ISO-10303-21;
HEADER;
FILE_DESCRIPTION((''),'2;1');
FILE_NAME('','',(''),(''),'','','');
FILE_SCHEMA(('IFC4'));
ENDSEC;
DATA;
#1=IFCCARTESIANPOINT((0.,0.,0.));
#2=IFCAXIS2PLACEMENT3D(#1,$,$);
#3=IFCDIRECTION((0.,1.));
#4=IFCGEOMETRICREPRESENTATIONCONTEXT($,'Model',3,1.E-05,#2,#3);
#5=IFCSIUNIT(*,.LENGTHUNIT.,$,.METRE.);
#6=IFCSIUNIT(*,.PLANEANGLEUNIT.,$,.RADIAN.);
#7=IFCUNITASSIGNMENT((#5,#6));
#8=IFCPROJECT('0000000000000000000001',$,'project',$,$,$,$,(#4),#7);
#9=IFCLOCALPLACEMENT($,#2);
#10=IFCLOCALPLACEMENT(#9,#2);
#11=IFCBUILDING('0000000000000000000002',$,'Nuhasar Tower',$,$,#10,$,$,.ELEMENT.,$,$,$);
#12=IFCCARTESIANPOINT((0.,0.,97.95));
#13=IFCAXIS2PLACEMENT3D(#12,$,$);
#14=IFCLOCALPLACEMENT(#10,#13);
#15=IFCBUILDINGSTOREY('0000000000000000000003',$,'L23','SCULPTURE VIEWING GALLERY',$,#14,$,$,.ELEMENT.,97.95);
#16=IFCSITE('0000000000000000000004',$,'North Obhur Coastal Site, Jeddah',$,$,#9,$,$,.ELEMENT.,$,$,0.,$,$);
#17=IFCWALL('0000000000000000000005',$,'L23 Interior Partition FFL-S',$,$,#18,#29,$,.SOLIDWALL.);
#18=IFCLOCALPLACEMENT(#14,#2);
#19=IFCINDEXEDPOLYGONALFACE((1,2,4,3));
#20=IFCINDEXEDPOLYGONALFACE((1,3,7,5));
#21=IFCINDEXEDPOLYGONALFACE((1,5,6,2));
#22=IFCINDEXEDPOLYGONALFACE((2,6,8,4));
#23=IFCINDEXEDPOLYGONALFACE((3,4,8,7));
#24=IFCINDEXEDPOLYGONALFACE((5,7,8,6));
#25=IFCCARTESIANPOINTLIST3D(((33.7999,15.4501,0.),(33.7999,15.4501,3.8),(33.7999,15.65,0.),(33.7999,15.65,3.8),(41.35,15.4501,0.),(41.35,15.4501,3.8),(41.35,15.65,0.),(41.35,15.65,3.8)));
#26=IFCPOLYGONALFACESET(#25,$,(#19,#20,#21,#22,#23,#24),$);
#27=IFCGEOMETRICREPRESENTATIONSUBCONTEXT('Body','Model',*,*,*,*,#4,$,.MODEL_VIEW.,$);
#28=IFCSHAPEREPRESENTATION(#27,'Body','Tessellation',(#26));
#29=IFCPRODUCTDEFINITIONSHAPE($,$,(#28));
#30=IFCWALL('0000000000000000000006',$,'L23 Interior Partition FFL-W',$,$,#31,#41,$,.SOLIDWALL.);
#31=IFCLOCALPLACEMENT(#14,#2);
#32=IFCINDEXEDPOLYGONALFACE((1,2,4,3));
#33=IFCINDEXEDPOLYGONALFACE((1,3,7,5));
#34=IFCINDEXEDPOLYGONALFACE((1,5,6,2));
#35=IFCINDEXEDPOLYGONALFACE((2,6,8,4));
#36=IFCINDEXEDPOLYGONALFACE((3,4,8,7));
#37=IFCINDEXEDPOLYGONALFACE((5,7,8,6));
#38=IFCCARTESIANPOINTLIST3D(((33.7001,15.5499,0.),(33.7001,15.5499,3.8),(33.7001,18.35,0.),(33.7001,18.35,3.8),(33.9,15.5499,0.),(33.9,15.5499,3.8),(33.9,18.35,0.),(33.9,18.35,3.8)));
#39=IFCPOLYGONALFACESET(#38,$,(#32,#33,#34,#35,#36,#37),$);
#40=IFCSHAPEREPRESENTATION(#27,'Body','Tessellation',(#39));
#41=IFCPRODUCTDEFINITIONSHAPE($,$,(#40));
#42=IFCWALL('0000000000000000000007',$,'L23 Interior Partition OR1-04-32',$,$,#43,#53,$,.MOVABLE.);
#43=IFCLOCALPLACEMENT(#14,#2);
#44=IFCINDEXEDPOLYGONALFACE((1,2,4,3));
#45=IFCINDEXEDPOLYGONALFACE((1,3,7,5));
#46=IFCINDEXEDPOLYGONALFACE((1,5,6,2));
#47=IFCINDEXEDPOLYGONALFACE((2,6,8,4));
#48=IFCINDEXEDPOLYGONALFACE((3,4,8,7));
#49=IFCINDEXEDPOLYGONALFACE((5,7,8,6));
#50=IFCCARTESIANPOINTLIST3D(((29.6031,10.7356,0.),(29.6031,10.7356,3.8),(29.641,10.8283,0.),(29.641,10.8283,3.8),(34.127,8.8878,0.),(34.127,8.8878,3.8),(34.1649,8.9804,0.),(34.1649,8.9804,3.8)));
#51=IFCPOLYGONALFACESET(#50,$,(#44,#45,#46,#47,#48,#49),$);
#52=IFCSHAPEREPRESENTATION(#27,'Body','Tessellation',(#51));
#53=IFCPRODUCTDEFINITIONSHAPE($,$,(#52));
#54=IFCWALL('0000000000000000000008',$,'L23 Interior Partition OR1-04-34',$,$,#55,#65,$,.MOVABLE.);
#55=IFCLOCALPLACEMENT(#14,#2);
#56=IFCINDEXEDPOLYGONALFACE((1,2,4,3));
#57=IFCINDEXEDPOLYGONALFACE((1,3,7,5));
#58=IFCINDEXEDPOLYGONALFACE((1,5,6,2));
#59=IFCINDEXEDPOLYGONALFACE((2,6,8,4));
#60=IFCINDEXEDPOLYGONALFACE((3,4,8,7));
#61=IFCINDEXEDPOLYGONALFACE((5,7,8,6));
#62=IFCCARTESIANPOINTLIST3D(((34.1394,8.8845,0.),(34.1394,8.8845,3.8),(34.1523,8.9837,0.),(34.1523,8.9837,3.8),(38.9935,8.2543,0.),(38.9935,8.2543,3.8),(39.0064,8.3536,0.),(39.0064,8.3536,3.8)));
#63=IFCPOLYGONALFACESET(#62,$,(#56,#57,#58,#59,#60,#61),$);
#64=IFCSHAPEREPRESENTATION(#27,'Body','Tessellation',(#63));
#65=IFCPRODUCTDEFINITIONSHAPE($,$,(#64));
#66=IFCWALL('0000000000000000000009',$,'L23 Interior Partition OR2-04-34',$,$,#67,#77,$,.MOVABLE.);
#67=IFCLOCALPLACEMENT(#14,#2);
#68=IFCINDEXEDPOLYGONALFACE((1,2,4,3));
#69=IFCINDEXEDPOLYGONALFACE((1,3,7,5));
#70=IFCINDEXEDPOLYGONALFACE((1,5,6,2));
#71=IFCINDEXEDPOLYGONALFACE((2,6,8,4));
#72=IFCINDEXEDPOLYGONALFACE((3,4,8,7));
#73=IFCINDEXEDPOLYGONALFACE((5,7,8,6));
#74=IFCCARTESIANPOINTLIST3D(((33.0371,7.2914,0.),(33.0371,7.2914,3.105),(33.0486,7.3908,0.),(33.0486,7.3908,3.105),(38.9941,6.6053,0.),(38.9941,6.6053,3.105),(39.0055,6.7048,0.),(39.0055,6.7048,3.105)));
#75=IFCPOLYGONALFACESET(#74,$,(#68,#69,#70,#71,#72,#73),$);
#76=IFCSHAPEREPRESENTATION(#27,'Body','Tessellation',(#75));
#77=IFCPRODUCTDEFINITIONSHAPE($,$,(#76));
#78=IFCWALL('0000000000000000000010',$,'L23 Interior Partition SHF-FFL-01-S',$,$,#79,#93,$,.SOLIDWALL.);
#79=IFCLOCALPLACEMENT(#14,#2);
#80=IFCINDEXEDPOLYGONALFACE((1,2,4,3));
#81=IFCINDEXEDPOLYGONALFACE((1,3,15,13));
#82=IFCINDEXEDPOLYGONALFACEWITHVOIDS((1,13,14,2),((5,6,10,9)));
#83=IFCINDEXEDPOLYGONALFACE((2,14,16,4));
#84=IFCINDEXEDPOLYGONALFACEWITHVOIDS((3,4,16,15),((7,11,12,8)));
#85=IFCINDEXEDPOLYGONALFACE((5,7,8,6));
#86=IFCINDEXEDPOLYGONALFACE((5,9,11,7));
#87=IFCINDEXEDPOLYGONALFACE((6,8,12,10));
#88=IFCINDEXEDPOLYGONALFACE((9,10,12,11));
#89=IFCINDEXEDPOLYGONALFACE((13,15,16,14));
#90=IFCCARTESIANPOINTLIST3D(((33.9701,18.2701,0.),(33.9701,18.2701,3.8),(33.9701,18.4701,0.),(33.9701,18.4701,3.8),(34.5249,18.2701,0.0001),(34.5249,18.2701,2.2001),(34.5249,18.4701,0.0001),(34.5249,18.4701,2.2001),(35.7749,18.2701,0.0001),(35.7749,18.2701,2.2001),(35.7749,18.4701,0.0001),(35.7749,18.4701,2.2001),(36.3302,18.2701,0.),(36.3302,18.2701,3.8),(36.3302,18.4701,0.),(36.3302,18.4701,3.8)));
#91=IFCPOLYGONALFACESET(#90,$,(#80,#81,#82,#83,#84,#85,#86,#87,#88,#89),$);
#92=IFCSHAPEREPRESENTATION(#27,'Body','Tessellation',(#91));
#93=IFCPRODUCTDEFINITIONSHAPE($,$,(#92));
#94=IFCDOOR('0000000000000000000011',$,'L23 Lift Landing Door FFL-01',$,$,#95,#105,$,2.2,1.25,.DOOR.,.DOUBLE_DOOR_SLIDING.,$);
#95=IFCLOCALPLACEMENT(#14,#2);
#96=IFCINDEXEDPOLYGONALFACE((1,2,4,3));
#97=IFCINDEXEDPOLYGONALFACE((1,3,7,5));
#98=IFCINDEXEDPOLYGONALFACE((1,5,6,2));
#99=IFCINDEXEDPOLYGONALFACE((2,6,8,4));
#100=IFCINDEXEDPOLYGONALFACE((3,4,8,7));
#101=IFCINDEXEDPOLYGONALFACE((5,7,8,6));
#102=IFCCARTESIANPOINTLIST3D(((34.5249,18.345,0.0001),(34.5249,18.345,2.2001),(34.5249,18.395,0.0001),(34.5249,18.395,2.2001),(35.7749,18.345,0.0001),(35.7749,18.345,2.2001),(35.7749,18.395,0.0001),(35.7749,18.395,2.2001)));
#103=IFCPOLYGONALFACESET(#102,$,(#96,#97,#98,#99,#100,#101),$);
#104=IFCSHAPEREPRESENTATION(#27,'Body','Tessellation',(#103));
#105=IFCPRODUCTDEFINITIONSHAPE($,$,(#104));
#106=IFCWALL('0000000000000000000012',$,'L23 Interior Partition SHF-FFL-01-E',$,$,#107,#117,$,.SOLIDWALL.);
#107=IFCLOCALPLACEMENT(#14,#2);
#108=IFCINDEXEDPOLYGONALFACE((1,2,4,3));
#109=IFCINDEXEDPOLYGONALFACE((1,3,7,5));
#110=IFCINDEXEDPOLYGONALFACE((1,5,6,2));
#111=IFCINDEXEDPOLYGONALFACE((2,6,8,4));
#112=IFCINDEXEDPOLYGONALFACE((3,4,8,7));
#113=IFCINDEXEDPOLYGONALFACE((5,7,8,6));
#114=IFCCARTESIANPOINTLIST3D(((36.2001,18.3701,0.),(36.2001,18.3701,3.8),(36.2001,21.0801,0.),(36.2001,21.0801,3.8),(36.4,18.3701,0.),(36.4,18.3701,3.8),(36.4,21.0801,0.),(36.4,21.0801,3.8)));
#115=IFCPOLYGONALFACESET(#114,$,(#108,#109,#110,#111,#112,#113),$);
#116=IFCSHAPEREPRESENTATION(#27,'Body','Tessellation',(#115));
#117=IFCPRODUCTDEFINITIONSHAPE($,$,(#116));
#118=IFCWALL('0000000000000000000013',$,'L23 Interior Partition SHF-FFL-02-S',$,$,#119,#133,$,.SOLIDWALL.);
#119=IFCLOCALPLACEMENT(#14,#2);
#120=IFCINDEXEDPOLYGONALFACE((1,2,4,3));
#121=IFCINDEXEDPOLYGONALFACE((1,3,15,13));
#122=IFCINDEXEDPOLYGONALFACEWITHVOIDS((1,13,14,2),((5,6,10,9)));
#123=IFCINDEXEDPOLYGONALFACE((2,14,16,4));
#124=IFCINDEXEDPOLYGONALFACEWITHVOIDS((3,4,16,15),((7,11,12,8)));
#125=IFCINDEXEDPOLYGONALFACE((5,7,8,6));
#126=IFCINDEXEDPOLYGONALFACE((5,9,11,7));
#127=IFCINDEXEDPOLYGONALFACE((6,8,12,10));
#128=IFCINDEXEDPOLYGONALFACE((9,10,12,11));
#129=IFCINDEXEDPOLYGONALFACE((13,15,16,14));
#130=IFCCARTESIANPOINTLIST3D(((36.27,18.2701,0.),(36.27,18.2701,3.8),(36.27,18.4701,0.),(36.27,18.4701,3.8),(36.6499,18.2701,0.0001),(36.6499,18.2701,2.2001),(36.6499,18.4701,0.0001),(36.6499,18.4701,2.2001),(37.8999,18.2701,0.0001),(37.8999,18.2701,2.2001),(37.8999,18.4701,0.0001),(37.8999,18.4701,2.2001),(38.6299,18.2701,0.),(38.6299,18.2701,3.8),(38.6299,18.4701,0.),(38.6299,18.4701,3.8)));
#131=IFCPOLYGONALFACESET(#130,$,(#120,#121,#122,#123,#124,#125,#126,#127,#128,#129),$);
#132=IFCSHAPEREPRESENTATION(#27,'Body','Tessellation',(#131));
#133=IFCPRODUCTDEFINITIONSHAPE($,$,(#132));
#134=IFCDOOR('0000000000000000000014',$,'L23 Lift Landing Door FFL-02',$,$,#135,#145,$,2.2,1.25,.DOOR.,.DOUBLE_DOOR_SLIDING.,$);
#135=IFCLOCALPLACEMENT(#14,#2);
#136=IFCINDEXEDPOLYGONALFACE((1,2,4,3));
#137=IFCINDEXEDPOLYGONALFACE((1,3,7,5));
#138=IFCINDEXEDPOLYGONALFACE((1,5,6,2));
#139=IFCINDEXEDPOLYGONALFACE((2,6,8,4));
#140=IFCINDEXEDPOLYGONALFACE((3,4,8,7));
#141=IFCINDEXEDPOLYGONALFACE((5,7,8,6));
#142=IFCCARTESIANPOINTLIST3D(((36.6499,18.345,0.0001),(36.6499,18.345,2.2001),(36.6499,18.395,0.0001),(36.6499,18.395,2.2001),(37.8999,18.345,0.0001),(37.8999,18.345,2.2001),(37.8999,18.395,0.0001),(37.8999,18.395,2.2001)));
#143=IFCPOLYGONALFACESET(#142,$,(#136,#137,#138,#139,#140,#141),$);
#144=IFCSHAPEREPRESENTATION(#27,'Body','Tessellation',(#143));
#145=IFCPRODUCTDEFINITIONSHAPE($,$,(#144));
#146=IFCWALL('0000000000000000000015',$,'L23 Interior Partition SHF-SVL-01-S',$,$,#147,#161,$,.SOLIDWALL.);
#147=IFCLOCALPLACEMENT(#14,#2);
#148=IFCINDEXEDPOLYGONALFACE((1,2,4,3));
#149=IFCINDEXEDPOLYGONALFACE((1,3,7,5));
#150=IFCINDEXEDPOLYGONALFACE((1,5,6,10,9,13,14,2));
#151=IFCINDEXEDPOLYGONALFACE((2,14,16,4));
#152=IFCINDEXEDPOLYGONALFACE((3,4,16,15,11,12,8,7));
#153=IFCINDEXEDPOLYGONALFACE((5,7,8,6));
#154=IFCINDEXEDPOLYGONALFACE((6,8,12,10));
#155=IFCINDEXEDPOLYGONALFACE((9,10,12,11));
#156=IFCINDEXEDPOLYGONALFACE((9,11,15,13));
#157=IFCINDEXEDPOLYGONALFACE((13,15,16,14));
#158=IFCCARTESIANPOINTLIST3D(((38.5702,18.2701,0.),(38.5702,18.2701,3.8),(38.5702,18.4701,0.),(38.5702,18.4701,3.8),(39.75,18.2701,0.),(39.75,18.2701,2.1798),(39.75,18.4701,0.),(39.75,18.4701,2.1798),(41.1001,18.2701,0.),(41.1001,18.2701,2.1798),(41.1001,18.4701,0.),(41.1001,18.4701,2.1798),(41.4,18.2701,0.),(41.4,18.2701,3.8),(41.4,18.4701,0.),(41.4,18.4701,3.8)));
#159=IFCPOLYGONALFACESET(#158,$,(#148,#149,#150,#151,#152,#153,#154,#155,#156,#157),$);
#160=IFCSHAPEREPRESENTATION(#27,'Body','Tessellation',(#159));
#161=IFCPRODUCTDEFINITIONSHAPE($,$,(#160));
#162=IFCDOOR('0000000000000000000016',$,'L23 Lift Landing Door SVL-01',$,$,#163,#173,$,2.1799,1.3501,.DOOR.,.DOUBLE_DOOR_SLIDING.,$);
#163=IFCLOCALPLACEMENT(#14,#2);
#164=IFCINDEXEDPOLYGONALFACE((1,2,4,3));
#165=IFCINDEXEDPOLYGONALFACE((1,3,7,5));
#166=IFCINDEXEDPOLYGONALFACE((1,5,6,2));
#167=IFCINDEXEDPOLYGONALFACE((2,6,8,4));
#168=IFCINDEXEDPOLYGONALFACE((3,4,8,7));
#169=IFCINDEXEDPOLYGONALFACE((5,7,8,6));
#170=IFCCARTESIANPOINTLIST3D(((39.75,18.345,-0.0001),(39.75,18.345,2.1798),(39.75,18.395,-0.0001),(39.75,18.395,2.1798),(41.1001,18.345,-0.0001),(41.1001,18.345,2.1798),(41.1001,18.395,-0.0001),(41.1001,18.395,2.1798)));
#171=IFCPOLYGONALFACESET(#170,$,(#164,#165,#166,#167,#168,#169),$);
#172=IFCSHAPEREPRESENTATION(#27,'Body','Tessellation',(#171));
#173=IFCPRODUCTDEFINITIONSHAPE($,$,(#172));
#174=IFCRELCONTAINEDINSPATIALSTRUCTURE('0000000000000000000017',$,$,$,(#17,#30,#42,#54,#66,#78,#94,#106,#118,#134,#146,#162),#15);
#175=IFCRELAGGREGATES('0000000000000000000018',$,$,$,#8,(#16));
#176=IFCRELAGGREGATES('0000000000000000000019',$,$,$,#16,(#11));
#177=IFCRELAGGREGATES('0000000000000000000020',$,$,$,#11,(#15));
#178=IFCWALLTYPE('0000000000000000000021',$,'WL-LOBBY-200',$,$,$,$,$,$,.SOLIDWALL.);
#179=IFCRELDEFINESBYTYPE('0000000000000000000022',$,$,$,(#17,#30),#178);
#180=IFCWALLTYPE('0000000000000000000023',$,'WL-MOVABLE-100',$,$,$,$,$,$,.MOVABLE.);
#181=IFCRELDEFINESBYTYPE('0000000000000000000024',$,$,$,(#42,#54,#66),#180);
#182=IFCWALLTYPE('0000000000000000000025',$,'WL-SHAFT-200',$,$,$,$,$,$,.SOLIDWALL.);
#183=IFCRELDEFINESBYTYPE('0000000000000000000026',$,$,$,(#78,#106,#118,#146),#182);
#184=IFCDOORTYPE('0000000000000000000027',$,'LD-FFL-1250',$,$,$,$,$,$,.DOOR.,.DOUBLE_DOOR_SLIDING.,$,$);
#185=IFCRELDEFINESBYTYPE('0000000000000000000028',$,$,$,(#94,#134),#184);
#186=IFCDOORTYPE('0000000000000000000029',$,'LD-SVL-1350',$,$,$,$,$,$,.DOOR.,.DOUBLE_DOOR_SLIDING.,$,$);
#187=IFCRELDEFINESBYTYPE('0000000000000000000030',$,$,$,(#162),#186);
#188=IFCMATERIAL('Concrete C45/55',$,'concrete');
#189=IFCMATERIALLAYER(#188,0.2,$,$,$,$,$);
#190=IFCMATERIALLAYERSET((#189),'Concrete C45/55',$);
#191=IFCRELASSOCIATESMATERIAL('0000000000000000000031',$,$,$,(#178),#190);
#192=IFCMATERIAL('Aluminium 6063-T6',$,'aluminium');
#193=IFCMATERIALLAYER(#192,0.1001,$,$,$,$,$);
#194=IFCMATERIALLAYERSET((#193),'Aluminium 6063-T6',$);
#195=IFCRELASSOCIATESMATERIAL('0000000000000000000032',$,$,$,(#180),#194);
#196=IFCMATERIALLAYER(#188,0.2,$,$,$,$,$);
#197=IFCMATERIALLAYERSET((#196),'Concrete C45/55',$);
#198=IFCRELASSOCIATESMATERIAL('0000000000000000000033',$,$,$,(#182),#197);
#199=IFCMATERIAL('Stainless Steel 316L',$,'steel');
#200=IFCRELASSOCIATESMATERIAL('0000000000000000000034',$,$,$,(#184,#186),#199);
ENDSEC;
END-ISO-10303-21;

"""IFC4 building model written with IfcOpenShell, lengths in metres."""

from ifc_helpers import new_model, si_unit, direction, frame, frame_2d, origin, place, context, subcontext, project, spatial, rectangle, extrude, material, layer, layer_set, type_object, element, fill, save


model = new_model("IFC4")

# Units and contexts
model_context = context("Model", 3, precision=1e-05, world=origin(), true_north=direction((0.0, 1.0)))
body_context = subcontext(model_context, "Body", "Model", "MODEL_VIEW")
ifc_project = project(units=[si_unit("LENGTHUNIT", "METRE"), si_unit("PLANEANGLEUNIT", "RADIAN")], contexts=[model_context])

# Site, building, storey
site_placement = place(None, origin())
site = spatial("IfcSite", under=ifc_project, at=site_placement, Name="North Obhur Coastal Site, Jeddah", CompositionType="ELEMENT", RefElevation=0.0)
building_placement = place(site_placement, origin())
building = spatial("IfcBuilding", under=site, at=building_placement, Name="Nuhasar Tower", CompositionType="ELEMENT")
storey_placement = place(building_placement, frame((0.0, 0.0, 97.95)))
storey = spatial("IfcBuildingStorey", under=building, at=storey_placement, Name="L23", Description="SCULPTURE VIEWING GALLERY", CompositionType="ELEMENT", Elevation=97.95)

# Shared definitions
ifc_material_1 = material(Name="Aluminium 6063-T6", Category="aluminium")

# Walls
ifc_material_2 = material(Name="Concrete C45/55", Category="concrete")
ifc_layer_1 = layer(ifc_material_2, 0.2)
ifc_layer_set_1 = layer_set([ifc_layer_1], Name="Concrete C45/55")
wall_type_1 = type_object("IfcWallType", Name="WL-LOBBY-200", PredefinedType="SOLIDWALL", material=ifc_layer_set_1)
wall_1_placement = place(storey_placement, frame((33.8, 15.55, 0.0), z_axis=(0.0, 0.0, 1.0), x_axis=(1.0, 0.0, 0.0)))
element("IfcWall", 1, at=wall_1_placement, inside=storey, type_object=wall_type_1, Name="L23 Interior Partition FFL-S", PredefinedType="SOLIDWALL", context=body_context, shape_type="SweptSolid", body=[
    extrude(rectangle(XDim=7.55, YDim=0.2, at=frame_2d((3.7749, 0.0))), origin(), (0.0, 0.0, 1.0), 3.8),
])
wall_2_placement = place(storey_placement, frame((33.8, 15.55, 0.0), z_axis=(0.0, 0.0, 1.0), x_axis=(0.0, 1.0, 0.0)))
element("IfcWall", 2, at=wall_2_placement, inside=storey, type_object=wall_type_1, Name="L23 Interior Partition FFL-W", PredefinedType="SOLIDWALL", context=body_context, shape_type="SweptSolid", body=[
    extrude(rectangle(XDim=2.8, YDim=0.2, at=frame_2d((1.3999, 0.0))), origin(), (0.0, 0.0, 1.0), 3.8),
])
ifc_layer_2 = layer(ifc_material_1, 0.1001)
ifc_layer_set_2 = layer_set([ifc_layer_2], Name="Aluminium 6063-T6")
wall_type_2 = type_object("IfcWallType", Name="WL-MOVABLE-100", PredefinedType="MOVABLE", material=ifc_layer_set_2)
wall_3_placement = place(storey_placement, frame((29.6221, 10.782, 0.0), z_axis=(0.0, 0.0, 1.0), x_axis=(0.925747, -0.378143, 0.0)))
element("IfcWall", 3, at=wall_3_placement, inside=storey, type_object=wall_type_2, Name="L23 Interior Partition OR1-04-32", PredefinedType="MOVABLE", context=body_context, shape_type="SweptSolid", body=[
    extrude(rectangle(XDim=4.8867, YDim=0.1001, at=frame_2d((2.4434, 0.0))), origin(), (0.0, 0.0, 1.0), 3.8),
])
wall_4_placement = place(storey_placement, frame((34.146, 8.9341, 0.0), z_axis=(0.0, 0.0, 1.0), x_axis=(0.991679, -0.128736, 0.0)))
element("IfcWall", 4, at=wall_4_placement, inside=storey, type_object=wall_type_2, Name="L23 Interior Partition OR1-04-34", PredefinedType="MOVABLE", context=body_context, shape_type="SweptSolid", body=[
    extrude(rectangle(XDim=4.8948, YDim=0.1001, at=frame_2d((2.4473, 0.0))), origin(), (0.0, 0.0, 1.0), 3.8),
])
wall_5_placement = place(storey_placement, frame((33.043, 7.3411, 0.0), z_axis=(0.0, 0.0, 1.0), x_axis=(0.993434, -0.114408, 0.0)))
element("IfcWall", 5, at=wall_5_placement, inside=storey, type_object=wall_type_2, Name="L23 Interior Partition OR2-04-34", PredefinedType="MOVABLE", context=body_context, shape_type="SweptSolid", body=[
    extrude(rectangle(XDim=5.9963, YDim=0.1001, at=frame_2d((2.998, 0.0))), origin(), (0.0, 0.0, 1.0), 3.105),
])

# Wall, opening, door
ifc_layer_3 = layer(ifc_material_2, 0.2)
ifc_layer_set_3 = layer_set([ifc_layer_3], Name="Concrete C45/55")
wall_type_3 = type_object("IfcWallType", Name="WL-SHAFT-200", PredefinedType="SOLIDWALL", material=ifc_layer_set_3)
wall_6_placement = place(storey_placement, frame((33.97, 18.3701, 0.0), z_axis=(0.0, 0.0, 1.0), x_axis=(1.0, 0.0, 0.0)))
wall_6 = element("IfcWall", 6, at=wall_6_placement, inside=storey, type_object=wall_type_3, Name="L23 Interior Partition SHF-FFL-01-S", PredefinedType="SOLIDWALL", context=body_context, shape_type="SweptSolid", body=[
    extrude(rectangle(XDim=2.3601, YDim=0.2, at=frame_2d((1.1802, 0.0))), origin(), (0.0, 0.0, 1.0), 3.8),
])
opening_1_placement = place(wall_6_placement, frame((0.5549, 0.0, 0.0)))
opening_1 = element("IfcOpeningElement", 7, at=opening_1_placement, cuts=wall_6, PredefinedType="OPENING", context=body_context, shape_type="SweptSolid", body=[
    extrude(rectangle(XDim=1.25, YDim=2.2, at=frame_2d((0.625, 1.1001))), frame((0.0, 0.1099, 0.0), z_axis=(0.0, -1.0, 0.0), x_axis=(1.0, 0.0, 0.0)), (0.0, 0.0, 1.0), 0.22),
])
ifc_material_3 = material(Name="Stainless Steel 316L", Category="steel")
door_type_1 = type_object("IfcDoorType", Name="LD-FFL-1250", OperationType="DOUBLE_DOOR_SLIDING", PredefinedType="DOOR", material=ifc_material_3)
door_1_placement = place(opening_1_placement, origin())
door_1 = element("IfcDoor", 8, at=door_1_placement, inside=storey, type_object=door_type_1, Name="L23 Lift Landing Door FFL-01", OperationType="DOUBLE_DOOR_SLIDING", OverallHeight=2.2, OverallWidth=1.25, PredefinedType="DOOR", context=body_context, shape_type="SweptSolid", body=[
    extrude(rectangle(XDim=1.25, YDim=2.2, at=frame_2d((0.625, 1.1001))), frame((0.0, 0.0249, 0.0), z_axis=(0.0, -1.0, 0.0), x_axis=(1.0, 0.0, 0.0)), (0.0, 0.0, 1.0), 0.05),
])
fill(opening_1, door_1)

# Wall
wall_7_placement = place(storey_placement, frame((36.3, 18.3701, 0.0), z_axis=(0.0, 0.0, 1.0), x_axis=(0.0, 1.0, 0.0)))
element("IfcWall", 9, at=wall_7_placement, inside=storey, type_object=wall_type_3, Name="L23 Interior Partition SHF-FFL-01-E", PredefinedType="SOLIDWALL", context=body_context, shape_type="SweptSolid", body=[
    extrude(rectangle(XDim=2.71, YDim=0.2, at=frame_2d((1.355, 0.0))), origin(), (0.0, 0.0, 1.0), 3.8),
])

# Walls, openings, doors
wall_8_placement = place(storey_placement, frame((36.27, 18.3701, 0.0), z_axis=(0.0, 0.0, 1.0), x_axis=(1.0, 0.0, 0.0)))
wall_8 = element("IfcWall", 10, at=wall_8_placement, inside=storey, type_object=wall_type_3, Name="L23 Interior Partition SHF-FFL-02-S", PredefinedType="SOLIDWALL", context=body_context, shape_type="SweptSolid", body=[
    extrude(rectangle(XDim=2.3599, YDim=0.2, at=frame_2d((1.1799, 0.0))), origin(), (0.0, 0.0, 1.0), 3.8),
])
opening_2_placement = place(wall_8_placement, frame((0.3799, 0.0, 0.0)))
opening_2 = element("IfcOpeningElement", 11, at=opening_2_placement, cuts=wall_8, PredefinedType="OPENING", context=body_context, shape_type="SweptSolid", body=[
    extrude(rectangle(XDim=1.25, YDim=2.2, at=frame_2d((0.625, 1.1001))), frame((0.0, 0.1099, 0.0), z_axis=(0.0, -1.0, 0.0), x_axis=(1.0, 0.0, 0.0)), (0.0, 0.0, 1.0), 0.22),
])
door_2_placement = place(opening_2_placement, origin())
door_2 = element("IfcDoor", 12, at=door_2_placement, inside=storey, type_object=door_type_1, Name="L23 Lift Landing Door FFL-02", OperationType="DOUBLE_DOOR_SLIDING", OverallHeight=2.2, OverallWidth=1.25, PredefinedType="DOOR", context=body_context, shape_type="SweptSolid", body=[
    extrude(rectangle(XDim=1.25, YDim=2.2, at=frame_2d((0.625, 1.1001))), frame((0.0, 0.0249, 0.0), z_axis=(0.0, -1.0, 0.0), x_axis=(1.0, 0.0, 0.0)), (0.0, 0.0, 1.0), 0.05),
])
fill(opening_2, door_2)
wall_9_placement = place(storey_placement, frame((38.5701, 18.3701, 0.0), z_axis=(0.0, 0.0, 1.0), x_axis=(1.0, 0.0, 0.0)))
wall_9 = element("IfcWall", 13, at=wall_9_placement, inside=storey, type_object=wall_type_3, Name="L23 Interior Partition SHF-SVL-01-S", PredefinedType="SOLIDWALL", context=body_context, shape_type="SweptSolid", body=[
    extrude(rectangle(XDim=2.8298, YDim=0.2, at=frame_2d((1.415, 0.0))), origin(), (0.0, 0.0, 1.0), 3.8),
])
opening_3_placement = place(wall_9_placement, frame((1.1799, 0.0, 0.0)))
opening_3 = element("IfcOpeningElement", 14, at=opening_3_placement, cuts=wall_9, PredefinedType="OPENING", context=body_context, shape_type="SweptSolid", body=[
    extrude(rectangle(XDim=1.3501, YDim=2.1799, at=frame_2d((0.675, 1.0898))), frame((0.0, 0.1099, 0.0), z_axis=(0.0, -1.0, 0.0), x_axis=(1.0, 0.0, 0.0)), (0.0, 0.0, 1.0), 0.22),
])
door_type_2 = type_object("IfcDoorType", Name="LD-SVL-1350", OperationType="DOUBLE_DOOR_SLIDING", PredefinedType="DOOR", material=ifc_material_3)
door_3_placement = place(opening_3_placement, origin())
door_3 = element("IfcDoor", 15, at=door_3_placement, inside=storey, type_object=door_type_2, Name="L23 Lift Landing Door SVL-01", OperationType="DOUBLE_DOOR_SLIDING", OverallHeight=2.1799, OverallWidth=1.3501, PredefinedType="DOOR", context=body_context, shape_type="SweptSolid", body=[
    extrude(rectangle(XDim=1.3501, YDim=2.1799, at=frame_2d((0.675, 1.0898))), frame((0.0, 0.0249, 0.0), z_axis=(0.0, -1.0, 0.0), x_axis=(1.0, 0.0, 0.0)), (0.0, 0.0, 1.0), 0.05),
])
fill(opening_3, door_3)

save(model, "model.ifc")
